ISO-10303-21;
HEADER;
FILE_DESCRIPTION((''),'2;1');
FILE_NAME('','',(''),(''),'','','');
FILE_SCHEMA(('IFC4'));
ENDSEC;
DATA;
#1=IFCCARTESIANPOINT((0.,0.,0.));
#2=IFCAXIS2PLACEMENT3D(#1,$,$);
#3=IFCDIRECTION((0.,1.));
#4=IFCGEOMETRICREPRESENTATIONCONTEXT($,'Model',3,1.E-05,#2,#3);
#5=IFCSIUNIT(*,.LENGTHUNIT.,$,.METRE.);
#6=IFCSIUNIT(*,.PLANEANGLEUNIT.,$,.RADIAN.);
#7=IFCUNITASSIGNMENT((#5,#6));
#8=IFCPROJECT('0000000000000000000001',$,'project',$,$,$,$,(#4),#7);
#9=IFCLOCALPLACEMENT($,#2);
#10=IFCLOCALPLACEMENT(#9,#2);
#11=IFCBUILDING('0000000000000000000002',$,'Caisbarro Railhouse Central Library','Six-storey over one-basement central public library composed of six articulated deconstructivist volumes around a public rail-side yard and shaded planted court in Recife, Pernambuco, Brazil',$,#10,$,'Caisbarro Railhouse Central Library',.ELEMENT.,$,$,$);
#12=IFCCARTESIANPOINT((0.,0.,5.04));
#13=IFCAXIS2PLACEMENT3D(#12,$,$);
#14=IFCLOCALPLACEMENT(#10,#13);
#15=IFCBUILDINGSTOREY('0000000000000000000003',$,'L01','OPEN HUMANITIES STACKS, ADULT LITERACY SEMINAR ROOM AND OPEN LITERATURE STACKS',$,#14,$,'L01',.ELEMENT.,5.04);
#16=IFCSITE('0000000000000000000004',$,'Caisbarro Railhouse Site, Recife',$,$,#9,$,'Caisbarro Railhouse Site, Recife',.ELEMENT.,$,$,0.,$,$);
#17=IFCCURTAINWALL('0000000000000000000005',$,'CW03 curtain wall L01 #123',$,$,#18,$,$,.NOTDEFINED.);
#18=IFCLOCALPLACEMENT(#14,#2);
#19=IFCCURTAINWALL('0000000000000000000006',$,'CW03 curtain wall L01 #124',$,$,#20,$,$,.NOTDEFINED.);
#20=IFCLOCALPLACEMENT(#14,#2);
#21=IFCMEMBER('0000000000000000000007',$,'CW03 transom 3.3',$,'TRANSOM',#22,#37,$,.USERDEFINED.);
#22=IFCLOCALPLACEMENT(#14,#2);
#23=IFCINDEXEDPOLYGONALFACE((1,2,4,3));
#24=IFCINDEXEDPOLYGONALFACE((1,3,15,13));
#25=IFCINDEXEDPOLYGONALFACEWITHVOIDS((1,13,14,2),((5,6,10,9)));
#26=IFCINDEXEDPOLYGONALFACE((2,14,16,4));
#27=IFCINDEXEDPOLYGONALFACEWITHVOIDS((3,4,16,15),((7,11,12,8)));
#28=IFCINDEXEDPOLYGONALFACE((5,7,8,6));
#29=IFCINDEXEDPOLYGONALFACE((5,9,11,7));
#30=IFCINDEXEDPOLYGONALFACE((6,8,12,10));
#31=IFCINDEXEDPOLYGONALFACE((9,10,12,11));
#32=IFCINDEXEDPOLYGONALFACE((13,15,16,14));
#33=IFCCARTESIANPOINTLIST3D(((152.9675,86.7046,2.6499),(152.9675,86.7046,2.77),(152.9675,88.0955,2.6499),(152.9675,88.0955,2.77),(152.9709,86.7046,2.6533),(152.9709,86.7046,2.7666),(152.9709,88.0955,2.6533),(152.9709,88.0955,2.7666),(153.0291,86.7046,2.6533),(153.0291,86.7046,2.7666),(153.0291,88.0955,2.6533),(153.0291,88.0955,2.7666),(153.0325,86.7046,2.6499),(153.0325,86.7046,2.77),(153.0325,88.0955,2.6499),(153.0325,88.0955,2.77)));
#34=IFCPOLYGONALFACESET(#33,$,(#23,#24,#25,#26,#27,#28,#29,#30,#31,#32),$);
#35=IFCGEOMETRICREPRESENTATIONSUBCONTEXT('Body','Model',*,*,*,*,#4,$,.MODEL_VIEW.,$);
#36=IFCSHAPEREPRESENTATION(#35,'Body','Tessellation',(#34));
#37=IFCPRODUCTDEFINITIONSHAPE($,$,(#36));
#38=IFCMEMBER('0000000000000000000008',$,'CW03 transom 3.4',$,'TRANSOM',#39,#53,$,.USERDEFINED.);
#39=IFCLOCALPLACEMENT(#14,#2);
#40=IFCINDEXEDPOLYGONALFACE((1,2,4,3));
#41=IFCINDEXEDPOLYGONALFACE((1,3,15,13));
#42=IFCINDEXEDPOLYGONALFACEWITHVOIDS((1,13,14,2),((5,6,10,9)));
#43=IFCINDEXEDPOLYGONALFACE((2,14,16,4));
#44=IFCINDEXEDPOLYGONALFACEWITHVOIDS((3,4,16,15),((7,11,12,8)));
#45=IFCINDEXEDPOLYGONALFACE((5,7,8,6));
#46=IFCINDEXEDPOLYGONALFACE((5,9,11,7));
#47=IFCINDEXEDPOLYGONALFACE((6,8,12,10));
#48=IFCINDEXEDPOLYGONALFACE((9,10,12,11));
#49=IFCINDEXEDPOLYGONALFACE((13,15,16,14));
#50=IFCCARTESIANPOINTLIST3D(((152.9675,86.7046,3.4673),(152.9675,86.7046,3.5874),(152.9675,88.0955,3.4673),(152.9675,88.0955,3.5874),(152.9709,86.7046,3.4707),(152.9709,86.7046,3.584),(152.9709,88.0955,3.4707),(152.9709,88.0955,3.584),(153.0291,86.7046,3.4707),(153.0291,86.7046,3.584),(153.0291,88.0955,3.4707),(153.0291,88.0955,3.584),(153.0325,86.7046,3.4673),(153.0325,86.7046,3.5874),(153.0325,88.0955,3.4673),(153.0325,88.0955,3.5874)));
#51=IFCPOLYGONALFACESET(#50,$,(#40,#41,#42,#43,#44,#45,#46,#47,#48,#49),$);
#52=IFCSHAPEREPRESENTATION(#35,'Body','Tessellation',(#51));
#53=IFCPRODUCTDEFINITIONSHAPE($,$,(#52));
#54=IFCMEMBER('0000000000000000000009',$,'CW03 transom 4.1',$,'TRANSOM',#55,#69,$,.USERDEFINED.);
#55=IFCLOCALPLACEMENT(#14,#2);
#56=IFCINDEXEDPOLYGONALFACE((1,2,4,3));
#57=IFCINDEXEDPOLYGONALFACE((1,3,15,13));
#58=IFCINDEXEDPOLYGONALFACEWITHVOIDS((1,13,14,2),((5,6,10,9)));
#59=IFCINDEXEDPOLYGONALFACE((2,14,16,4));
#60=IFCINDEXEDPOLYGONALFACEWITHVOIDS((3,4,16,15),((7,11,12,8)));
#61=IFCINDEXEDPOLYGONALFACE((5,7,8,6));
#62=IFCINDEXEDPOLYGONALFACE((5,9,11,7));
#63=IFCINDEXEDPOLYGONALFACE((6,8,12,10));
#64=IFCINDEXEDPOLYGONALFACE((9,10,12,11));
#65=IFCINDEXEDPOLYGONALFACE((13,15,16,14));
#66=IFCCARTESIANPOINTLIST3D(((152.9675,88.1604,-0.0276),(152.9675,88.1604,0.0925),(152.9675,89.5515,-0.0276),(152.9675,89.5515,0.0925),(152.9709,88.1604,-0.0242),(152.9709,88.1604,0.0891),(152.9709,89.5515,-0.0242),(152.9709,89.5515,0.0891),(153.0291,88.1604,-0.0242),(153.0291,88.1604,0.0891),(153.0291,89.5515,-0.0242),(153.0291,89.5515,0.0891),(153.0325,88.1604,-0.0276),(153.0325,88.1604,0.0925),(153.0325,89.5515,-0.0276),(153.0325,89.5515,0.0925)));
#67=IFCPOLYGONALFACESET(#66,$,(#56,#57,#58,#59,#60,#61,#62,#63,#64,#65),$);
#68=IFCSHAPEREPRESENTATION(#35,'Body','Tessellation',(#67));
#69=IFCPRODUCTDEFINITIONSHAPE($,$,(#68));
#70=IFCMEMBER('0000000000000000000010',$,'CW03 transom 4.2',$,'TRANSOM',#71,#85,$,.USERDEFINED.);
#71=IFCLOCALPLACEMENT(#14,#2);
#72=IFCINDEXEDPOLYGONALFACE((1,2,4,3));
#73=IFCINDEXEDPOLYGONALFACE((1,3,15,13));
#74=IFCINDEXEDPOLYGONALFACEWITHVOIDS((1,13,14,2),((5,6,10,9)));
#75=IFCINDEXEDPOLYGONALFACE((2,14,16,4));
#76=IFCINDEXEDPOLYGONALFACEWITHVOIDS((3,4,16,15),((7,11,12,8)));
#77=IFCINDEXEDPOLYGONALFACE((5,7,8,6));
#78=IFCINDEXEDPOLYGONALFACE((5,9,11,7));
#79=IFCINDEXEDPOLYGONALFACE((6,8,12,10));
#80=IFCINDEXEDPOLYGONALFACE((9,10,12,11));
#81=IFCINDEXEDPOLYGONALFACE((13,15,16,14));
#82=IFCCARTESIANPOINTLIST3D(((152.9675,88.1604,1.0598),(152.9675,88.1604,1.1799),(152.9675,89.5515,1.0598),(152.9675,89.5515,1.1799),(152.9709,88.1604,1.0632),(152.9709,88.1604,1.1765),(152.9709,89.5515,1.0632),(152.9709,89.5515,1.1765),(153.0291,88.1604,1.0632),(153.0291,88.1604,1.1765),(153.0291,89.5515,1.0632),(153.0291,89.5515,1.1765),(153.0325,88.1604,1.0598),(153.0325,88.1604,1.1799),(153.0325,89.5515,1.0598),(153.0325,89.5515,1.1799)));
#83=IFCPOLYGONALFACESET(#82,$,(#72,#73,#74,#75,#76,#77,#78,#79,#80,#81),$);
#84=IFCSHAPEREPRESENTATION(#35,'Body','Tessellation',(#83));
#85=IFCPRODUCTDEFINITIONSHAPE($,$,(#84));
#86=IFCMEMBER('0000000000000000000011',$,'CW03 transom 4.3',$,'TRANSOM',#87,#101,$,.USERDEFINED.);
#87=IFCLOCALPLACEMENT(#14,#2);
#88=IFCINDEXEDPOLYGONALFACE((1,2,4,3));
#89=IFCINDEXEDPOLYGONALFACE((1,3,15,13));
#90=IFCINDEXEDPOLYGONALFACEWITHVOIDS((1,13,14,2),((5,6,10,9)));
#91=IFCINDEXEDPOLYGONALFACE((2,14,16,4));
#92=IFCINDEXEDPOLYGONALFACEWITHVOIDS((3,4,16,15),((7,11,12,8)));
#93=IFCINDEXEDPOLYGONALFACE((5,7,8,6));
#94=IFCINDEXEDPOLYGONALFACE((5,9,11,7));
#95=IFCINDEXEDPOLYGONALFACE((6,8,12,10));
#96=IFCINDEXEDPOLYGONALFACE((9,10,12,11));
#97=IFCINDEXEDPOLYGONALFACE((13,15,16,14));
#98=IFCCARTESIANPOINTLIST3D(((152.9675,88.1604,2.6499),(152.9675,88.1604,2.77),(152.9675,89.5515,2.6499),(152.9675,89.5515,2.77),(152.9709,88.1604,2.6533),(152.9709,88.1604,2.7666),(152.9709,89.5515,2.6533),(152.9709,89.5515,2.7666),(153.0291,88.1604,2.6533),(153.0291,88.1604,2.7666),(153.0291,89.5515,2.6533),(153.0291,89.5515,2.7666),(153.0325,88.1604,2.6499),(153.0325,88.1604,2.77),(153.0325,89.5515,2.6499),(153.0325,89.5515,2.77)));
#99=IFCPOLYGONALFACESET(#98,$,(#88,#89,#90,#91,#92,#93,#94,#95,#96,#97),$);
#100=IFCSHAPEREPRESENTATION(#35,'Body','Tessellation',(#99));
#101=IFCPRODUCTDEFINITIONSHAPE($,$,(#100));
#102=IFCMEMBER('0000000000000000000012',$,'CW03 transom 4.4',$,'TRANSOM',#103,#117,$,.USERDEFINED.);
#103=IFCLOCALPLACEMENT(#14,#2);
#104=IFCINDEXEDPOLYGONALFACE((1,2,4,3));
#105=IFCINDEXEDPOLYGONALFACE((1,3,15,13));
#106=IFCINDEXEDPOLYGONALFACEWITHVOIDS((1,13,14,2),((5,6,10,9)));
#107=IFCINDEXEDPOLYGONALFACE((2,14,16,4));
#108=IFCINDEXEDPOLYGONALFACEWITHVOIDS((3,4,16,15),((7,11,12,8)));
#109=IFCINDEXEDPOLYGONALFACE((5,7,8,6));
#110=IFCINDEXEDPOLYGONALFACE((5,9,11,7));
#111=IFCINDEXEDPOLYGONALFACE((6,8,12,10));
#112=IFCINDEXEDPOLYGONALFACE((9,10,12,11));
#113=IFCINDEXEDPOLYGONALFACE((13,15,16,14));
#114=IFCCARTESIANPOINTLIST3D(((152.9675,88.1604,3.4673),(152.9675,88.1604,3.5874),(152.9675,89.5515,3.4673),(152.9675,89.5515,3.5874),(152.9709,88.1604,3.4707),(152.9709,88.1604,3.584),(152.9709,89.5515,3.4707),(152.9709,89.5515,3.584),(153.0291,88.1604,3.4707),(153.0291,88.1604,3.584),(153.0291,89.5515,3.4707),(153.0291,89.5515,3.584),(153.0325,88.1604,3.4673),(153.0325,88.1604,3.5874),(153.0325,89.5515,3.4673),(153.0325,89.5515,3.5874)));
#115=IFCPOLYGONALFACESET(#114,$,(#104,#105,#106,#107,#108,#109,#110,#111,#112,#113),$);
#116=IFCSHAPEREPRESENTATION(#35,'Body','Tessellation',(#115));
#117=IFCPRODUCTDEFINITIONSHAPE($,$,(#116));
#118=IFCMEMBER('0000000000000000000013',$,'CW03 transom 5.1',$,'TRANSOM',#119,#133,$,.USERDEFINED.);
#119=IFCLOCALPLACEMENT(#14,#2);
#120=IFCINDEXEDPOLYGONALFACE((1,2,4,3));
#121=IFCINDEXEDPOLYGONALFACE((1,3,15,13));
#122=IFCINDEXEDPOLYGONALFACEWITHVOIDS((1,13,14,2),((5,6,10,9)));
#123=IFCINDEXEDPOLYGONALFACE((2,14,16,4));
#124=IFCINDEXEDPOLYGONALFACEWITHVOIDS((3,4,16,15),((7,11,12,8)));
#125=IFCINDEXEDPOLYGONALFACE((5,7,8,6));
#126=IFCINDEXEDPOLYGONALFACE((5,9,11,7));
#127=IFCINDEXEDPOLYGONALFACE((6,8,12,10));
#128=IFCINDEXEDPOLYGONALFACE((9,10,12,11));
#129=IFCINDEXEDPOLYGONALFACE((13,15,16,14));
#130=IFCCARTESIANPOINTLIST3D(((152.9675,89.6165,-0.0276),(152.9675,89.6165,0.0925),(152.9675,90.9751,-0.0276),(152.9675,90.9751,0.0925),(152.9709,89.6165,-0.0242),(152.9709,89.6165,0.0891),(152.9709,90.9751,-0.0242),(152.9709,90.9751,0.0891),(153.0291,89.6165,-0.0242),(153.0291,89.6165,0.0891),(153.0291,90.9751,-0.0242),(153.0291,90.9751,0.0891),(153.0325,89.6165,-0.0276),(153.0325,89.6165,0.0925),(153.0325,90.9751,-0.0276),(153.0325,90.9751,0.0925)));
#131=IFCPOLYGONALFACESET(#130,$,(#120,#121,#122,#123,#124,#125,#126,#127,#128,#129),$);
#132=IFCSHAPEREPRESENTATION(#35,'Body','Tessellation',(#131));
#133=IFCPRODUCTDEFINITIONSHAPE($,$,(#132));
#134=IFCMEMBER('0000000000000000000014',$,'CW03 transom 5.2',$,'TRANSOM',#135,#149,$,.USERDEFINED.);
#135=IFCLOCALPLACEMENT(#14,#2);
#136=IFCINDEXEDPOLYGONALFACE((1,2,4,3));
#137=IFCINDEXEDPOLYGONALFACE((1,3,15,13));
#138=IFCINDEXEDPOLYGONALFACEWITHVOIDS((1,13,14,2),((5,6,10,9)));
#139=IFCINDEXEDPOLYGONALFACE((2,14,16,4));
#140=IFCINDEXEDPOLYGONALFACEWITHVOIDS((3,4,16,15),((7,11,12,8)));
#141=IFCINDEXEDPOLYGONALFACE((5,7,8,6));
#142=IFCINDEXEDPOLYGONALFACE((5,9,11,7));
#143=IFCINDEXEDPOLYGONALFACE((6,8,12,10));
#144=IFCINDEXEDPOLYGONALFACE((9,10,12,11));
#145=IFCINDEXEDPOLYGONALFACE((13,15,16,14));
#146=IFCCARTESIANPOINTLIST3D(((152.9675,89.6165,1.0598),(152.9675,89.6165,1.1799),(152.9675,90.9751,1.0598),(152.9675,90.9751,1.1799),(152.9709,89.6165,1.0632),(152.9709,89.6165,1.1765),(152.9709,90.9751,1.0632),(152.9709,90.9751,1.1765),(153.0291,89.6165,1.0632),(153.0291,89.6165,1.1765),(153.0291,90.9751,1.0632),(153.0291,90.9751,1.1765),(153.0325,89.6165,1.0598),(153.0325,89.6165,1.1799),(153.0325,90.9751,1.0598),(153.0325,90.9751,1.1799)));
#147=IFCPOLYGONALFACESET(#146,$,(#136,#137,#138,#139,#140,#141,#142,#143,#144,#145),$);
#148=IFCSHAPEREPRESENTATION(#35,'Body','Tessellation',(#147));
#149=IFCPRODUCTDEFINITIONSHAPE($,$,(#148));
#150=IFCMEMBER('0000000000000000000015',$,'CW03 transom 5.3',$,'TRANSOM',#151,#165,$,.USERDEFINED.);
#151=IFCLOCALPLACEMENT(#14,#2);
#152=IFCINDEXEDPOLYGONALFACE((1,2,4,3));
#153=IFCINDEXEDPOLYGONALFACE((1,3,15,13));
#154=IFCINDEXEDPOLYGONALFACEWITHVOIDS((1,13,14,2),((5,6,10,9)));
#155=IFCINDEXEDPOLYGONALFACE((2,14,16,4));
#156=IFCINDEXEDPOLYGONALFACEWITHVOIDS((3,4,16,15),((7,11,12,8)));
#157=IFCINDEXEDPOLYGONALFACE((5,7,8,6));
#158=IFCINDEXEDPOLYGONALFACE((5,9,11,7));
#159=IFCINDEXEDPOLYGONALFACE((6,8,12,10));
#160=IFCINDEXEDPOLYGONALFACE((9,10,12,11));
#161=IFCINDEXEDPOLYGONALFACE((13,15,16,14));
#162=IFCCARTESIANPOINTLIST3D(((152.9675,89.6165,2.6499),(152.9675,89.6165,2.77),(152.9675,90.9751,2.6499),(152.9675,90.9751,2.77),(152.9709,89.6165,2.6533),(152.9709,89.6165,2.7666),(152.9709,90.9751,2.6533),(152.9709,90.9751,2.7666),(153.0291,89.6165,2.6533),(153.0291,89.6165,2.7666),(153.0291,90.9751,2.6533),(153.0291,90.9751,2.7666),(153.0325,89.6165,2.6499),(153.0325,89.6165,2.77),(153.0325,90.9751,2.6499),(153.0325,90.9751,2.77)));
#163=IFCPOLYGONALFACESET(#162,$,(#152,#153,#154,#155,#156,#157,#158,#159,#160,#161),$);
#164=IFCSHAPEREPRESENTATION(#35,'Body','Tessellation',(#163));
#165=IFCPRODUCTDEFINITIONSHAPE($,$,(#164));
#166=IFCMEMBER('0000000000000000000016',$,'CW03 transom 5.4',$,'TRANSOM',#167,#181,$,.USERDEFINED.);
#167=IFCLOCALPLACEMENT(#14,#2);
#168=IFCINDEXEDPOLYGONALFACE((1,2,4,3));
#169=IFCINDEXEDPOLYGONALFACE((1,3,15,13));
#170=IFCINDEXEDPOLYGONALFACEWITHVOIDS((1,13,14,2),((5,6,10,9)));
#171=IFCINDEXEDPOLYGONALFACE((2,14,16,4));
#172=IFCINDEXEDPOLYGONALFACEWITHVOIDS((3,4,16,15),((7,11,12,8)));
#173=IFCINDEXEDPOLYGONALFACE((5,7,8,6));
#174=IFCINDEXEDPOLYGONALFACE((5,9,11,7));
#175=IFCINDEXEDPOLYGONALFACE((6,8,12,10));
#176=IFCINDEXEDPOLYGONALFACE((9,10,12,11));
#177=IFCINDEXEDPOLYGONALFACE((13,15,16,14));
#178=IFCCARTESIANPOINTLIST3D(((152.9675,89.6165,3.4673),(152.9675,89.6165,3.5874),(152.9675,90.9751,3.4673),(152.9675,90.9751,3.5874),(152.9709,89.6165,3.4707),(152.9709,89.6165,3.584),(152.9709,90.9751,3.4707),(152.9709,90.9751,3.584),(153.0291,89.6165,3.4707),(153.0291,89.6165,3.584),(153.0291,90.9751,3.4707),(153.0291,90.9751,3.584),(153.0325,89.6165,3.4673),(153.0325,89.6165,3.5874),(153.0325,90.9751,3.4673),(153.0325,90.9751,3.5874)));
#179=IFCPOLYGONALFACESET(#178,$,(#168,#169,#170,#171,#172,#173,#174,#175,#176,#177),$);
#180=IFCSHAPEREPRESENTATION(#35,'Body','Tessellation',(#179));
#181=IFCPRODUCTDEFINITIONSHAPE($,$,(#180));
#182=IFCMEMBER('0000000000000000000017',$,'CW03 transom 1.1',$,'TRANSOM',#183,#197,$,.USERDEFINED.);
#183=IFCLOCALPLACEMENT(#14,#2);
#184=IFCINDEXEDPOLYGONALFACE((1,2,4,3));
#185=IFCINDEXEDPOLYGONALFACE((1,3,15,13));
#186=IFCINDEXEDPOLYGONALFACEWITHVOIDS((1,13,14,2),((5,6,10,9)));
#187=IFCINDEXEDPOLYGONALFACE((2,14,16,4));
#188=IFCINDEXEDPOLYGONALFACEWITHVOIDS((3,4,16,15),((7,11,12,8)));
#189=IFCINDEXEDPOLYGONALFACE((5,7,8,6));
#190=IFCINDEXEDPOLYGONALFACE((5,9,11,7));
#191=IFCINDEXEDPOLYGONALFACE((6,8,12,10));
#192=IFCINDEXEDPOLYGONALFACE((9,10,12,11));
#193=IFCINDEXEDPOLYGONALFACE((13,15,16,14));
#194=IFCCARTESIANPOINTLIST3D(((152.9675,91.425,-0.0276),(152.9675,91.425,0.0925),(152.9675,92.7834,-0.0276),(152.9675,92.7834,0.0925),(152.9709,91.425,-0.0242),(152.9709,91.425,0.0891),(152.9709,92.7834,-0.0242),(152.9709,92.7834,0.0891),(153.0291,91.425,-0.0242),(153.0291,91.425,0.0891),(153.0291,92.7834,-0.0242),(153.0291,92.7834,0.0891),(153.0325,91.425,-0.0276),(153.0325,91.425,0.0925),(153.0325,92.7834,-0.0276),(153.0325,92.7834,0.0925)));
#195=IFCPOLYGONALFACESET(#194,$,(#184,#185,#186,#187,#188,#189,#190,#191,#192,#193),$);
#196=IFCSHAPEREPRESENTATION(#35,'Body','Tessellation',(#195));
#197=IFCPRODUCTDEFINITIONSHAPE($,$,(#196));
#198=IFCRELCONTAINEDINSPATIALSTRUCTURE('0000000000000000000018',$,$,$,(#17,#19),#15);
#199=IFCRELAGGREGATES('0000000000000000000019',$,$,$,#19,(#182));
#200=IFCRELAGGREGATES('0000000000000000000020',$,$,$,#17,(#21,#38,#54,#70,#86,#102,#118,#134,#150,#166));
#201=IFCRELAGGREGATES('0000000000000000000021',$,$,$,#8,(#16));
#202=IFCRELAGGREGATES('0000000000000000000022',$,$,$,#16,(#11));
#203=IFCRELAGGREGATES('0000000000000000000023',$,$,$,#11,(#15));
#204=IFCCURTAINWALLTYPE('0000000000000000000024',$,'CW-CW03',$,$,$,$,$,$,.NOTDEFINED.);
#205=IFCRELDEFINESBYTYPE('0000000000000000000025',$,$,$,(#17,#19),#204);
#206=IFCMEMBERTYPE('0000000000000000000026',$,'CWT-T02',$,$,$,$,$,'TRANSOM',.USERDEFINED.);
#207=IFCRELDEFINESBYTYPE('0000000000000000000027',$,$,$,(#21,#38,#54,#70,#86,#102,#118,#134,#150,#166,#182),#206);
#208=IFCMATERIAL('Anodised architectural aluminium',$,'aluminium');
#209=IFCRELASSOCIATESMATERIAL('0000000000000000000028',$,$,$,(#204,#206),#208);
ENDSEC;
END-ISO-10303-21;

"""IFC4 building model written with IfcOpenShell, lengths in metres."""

from ifc_helpers import new_model, si_unit, direction, frame, origin, origin_2d, place, context, subcontext, project, spatial, hollow_rectangle, extrude, material, material_profile, profile_set, type_object, element, aggregate, save


model = new_model("IFC4")

# Units and contexts
model_context = context("Model", 3, precision=1e-05, world=origin(), true_north=direction((0.0, 1.0)))
body_context = subcontext(model_context, "Body", "Model", "MODEL_VIEW")
ifc_project = project(units=[si_unit("LENGTHUNIT", "METRE"), si_unit("PLANEANGLEUNIT", "RADIAN")], contexts=[model_context])

# Site, building, storey
site_placement = place(None, origin())
site = spatial("IfcSite", under=ifc_project, at=site_placement, Name="Caisbarro Railhouse Site, Recife", LongName="Caisbarro Railhouse Site, Recife", CompositionType="ELEMENT", RefElevation=0.0)
building_placement = place(site_placement, origin())
building = spatial("IfcBuilding", under=site, at=building_placement, Name="Caisbarro Railhouse Central Library", Description="Six-storey over one-basement central public library composed of six articulated deconstructivist volumes around a public rail-side yard and shaded planted court in Recife, Pernambuco, Brazil", LongName="Caisbarro Railhouse Central Library", CompositionType="ELEMENT")
storey_placement = place(building_placement, frame((0.0, 0.0, 5.04)))
storey = spatial("IfcBuildingStorey", under=building, at=storey_placement, Name="L01", Description="OPEN HUMANITIES STACKS, ADULT LITERACY SEMINAR ROOM AND OPEN LITERATURE STACKS", LongName="L01", CompositionType="ELEMENT", Elevation=5.04)

# Curtain wall
ifc_material_1 = material(Name="Anodised architectural aluminium", Category="aluminium")
curtain_wall_type = type_object("IfcCurtainWallType", Name="CW-CW03", PredefinedType="NOTDEFINED", material=ifc_material_1)
curtain_wall_1_placement = place(storey_placement, origin())
curtain_wall_1 = element("IfcCurtainWall", 1, at=curtain_wall_1_placement, inside=storey, type_object=curtain_wall_type, Name="CW03 curtain wall L01 #123", PredefinedType="NOTDEFINED")

# Curtain wall
curtain_wall_2_placement = place(storey_placement, origin())
curtain_wall_2 = element("IfcCurtainWall", 2, at=curtain_wall_2_placement, inside=storey, type_object=curtain_wall_type, Name="CW03 curtain wall L01 #124", PredefinedType="NOTDEFINED")

# Members
ifc_material_profile_1 = material_profile(ifc_material_1, hollow_rectangle(XDim=0.0649, YDim=0.1201, WallThickness=0.0034, at=origin_2d()), Name="ALU-TRN-65X120")
ifc_profile_set_1 = profile_set([ifc_material_profile_1], Name="Anodised architectural aluminium")
member_type_1 = type_object("IfcMemberType", Name="CWT-T02", ElementType="TRANSOM", PredefinedType="USERDEFINED", material=ifc_profile_set_1)
member_1_placement = place(storey_placement, frame((153.0, 86.7046, 2.71), z_axis=(0.0, 1.0, 0.0), x_axis=(-1.0, 0.0, 0.0)))
member_1 = element("IfcMember", 3, at=member_1_placement, type_object=member_type_1, Name="CW03 transom 3.3", ObjectType="TRANSOM", PredefinedType="USERDEFINED", context=body_context, shape_type="SweptSolid", body=[
    extrude(hollow_rectangle(XDim=0.0649, YDim=0.1201, WallThickness=0.0034, at=origin_2d()), origin(), (0.0, 0.0, 1.0), 1.3909),
])
member_2_placement = place(storey_placement, frame((153.0, 86.7046, 3.5273), z_axis=(0.0, 1.0, 0.0), x_axis=(-1.0, 0.0, 0.0)))
member_2 = element("IfcMember", 4, at=member_2_placement, type_object=member_type_1, Name="CW03 transom 3.4", ObjectType="TRANSOM", PredefinedType="USERDEFINED", context=body_context, shape_type="SweptSolid", body=[
    extrude(hollow_rectangle(XDim=0.0649, YDim=0.1201, WallThickness=0.0034, at=origin_2d()), origin(), (0.0, 0.0, 1.0), 1.3909),
])
member_3_placement = place(storey_placement, frame((153.0, 88.1604, 0.0325), z_axis=(0.0, 1.0, 0.0), x_axis=(-1.0, 0.0, 0.0)))
member_3 = element("IfcMember", 5, at=member_3_placement, type_object=member_type_1, Name="CW03 transom 4.1", ObjectType="TRANSOM", PredefinedType="USERDEFINED", context=body_context, shape_type="SweptSolid", body=[
    extrude(hollow_rectangle(XDim=0.0649, YDim=0.1201, WallThickness=0.0034, at=origin_2d()), origin(), (0.0, 0.0, 1.0), 1.3911),
])
member_4_placement = place(storey_placement, frame((153.0, 88.1604, 1.1199), z_axis=(0.0, 1.0, 0.0), x_axis=(-1.0, 0.0, 0.0)))
member_4 = element("IfcMember", 6, at=member_4_placement, type_object=member_type_1, Name="CW03 transom 4.2", ObjectType="TRANSOM", PredefinedType="USERDEFINED", context=body_context, shape_type="SweptSolid", body=[
    extrude(hollow_rectangle(XDim=0.0649, YDim=0.1201, WallThickness=0.0034, at=origin_2d()), origin(), (0.0, 0.0, 1.0), 1.3911),
])
member_5_placement = place(storey_placement, frame((153.0, 88.1604, 2.71), z_axis=(0.0, 1.0, 0.0), x_axis=(-1.0, 0.0, 0.0)))
member_5 = element("IfcMember", 7, at=member_5_placement, type_object=member_type_1, Name="CW03 transom 4.3", ObjectType="TRANSOM", PredefinedType="USERDEFINED", context=body_context, shape_type="SweptSolid", body=[
    extrude(hollow_rectangle(XDim=0.0649, YDim=0.1201, WallThickness=0.0034, at=origin_2d()), origin(), (0.0, 0.0, 1.0), 1.3911),
])
member_6_placement = place(storey_placement, frame((153.0, 88.1604, 3.5273), z_axis=(0.0, 1.0, 0.0), x_axis=(-1.0, 0.0, 0.0)))
member_6 = element("IfcMember", 8, at=member_6_placement, type_object=member_type_1, Name="CW03 transom 4.4", ObjectType="TRANSOM", PredefinedType="USERDEFINED", context=body_context, shape_type="SweptSolid", body=[
    extrude(hollow_rectangle(XDim=0.0649, YDim=0.1201, WallThickness=0.0034, at=origin_2d()), origin(), (0.0, 0.0, 1.0), 1.3911),
])
member_7_placement = place(storey_placement, frame((153.0, 89.6165, 0.0325), z_axis=(0.0, 1.0, 0.0), x_axis=(-1.0, 0.0, 0.0)))
member_7 = element("IfcMember", 9, at=member_7_placement, type_object=member_type_1, Name="CW03 transom 5.1", ObjectType="TRANSOM", PredefinedType="USERDEFINED", context=body_context, shape_type="SweptSolid", body=[
    extrude(hollow_rectangle(XDim=0.0649, YDim=0.1201, WallThickness=0.0034, at=origin_2d()), origin(), (0.0, 0.0, 1.0), 1.3586),
])
member_8_placement = place(storey_placement, frame((153.0, 89.6165, 1.1199), z_axis=(0.0, 1.0, 0.0), x_axis=(-1.0, 0.0, 0.0)))
member_8 = element("IfcMember", 10, at=member_8_placement, type_object=member_type_1, Name="CW03 transom 5.2", ObjectType="TRANSOM", PredefinedType="USERDEFINED", context=body_context, shape_type="SweptSolid", body=[
    extrude(hollow_rectangle(XDim=0.0649, YDim=0.1201, WallThickness=0.0034, at=origin_2d()), origin(), (0.0, 0.0, 1.0), 1.3586),
])
member_9_placement = place(storey_placement, frame((153.0, 89.6165, 2.71), z_axis=(0.0, 1.0, 0.0), x_axis=(-1.0, 0.0, 0.0)))
member_9 = element("IfcMember", 11, at=member_9_placement, type_object=member_type_1, Name="CW03 transom 5.3", ObjectType="TRANSOM", PredefinedType="USERDEFINED", context=body_context, shape_type="SweptSolid", body=[
    extrude(hollow_rectangle(XDim=0.0649, YDim=0.1201, WallThickness=0.0034, at=origin_2d()), origin(), (0.0, 0.0, 1.0), 1.3586),
])
member_10_placement = place(storey_placement, frame((153.0, 89.6165, 3.5273), z_axis=(0.0, 1.0, 0.0), x_axis=(-1.0, 0.0, 0.0)))
member_10 = element("IfcMember", 12, at=member_10_placement, type_object=member_type_1, Name="CW03 transom 5.4", ObjectType="TRANSOM", PredefinedType="USERDEFINED", context=body_context, shape_type="SweptSolid", body=[
    extrude(hollow_rectangle(XDim=0.0649, YDim=0.1201, WallThickness=0.0034, at=origin_2d()), origin(), (0.0, 0.0, 1.0), 1.3586),
])
member_11_placement = place(storey_placement, frame((153.0, 91.425, 0.0325), z_axis=(0.0, 1.0, 0.0), x_axis=(-1.0, 0.0, 0.0)))
member_11 = element("IfcMember", 13, at=member_11_placement, type_object=member_type_1, Name="CW03 transom 1.1", ObjectType="TRANSOM", PredefinedType="USERDEFINED", context=body_context, shape_type="SweptSolid", body=[
    extrude(hollow_rectangle(XDim=0.0649, YDim=0.1201, WallThickness=0.0034, at=origin_2d()), origin(), (0.0, 0.0, 1.0), 1.3584),
])
aggregate(curtain_wall_2, [member_11])

aggregate(curtain_wall_1, [member_1, member_2, member_3, member_4, member_5, member_6, member_7, member_8, member_9, member_10])

save(model, "model.ifc")
